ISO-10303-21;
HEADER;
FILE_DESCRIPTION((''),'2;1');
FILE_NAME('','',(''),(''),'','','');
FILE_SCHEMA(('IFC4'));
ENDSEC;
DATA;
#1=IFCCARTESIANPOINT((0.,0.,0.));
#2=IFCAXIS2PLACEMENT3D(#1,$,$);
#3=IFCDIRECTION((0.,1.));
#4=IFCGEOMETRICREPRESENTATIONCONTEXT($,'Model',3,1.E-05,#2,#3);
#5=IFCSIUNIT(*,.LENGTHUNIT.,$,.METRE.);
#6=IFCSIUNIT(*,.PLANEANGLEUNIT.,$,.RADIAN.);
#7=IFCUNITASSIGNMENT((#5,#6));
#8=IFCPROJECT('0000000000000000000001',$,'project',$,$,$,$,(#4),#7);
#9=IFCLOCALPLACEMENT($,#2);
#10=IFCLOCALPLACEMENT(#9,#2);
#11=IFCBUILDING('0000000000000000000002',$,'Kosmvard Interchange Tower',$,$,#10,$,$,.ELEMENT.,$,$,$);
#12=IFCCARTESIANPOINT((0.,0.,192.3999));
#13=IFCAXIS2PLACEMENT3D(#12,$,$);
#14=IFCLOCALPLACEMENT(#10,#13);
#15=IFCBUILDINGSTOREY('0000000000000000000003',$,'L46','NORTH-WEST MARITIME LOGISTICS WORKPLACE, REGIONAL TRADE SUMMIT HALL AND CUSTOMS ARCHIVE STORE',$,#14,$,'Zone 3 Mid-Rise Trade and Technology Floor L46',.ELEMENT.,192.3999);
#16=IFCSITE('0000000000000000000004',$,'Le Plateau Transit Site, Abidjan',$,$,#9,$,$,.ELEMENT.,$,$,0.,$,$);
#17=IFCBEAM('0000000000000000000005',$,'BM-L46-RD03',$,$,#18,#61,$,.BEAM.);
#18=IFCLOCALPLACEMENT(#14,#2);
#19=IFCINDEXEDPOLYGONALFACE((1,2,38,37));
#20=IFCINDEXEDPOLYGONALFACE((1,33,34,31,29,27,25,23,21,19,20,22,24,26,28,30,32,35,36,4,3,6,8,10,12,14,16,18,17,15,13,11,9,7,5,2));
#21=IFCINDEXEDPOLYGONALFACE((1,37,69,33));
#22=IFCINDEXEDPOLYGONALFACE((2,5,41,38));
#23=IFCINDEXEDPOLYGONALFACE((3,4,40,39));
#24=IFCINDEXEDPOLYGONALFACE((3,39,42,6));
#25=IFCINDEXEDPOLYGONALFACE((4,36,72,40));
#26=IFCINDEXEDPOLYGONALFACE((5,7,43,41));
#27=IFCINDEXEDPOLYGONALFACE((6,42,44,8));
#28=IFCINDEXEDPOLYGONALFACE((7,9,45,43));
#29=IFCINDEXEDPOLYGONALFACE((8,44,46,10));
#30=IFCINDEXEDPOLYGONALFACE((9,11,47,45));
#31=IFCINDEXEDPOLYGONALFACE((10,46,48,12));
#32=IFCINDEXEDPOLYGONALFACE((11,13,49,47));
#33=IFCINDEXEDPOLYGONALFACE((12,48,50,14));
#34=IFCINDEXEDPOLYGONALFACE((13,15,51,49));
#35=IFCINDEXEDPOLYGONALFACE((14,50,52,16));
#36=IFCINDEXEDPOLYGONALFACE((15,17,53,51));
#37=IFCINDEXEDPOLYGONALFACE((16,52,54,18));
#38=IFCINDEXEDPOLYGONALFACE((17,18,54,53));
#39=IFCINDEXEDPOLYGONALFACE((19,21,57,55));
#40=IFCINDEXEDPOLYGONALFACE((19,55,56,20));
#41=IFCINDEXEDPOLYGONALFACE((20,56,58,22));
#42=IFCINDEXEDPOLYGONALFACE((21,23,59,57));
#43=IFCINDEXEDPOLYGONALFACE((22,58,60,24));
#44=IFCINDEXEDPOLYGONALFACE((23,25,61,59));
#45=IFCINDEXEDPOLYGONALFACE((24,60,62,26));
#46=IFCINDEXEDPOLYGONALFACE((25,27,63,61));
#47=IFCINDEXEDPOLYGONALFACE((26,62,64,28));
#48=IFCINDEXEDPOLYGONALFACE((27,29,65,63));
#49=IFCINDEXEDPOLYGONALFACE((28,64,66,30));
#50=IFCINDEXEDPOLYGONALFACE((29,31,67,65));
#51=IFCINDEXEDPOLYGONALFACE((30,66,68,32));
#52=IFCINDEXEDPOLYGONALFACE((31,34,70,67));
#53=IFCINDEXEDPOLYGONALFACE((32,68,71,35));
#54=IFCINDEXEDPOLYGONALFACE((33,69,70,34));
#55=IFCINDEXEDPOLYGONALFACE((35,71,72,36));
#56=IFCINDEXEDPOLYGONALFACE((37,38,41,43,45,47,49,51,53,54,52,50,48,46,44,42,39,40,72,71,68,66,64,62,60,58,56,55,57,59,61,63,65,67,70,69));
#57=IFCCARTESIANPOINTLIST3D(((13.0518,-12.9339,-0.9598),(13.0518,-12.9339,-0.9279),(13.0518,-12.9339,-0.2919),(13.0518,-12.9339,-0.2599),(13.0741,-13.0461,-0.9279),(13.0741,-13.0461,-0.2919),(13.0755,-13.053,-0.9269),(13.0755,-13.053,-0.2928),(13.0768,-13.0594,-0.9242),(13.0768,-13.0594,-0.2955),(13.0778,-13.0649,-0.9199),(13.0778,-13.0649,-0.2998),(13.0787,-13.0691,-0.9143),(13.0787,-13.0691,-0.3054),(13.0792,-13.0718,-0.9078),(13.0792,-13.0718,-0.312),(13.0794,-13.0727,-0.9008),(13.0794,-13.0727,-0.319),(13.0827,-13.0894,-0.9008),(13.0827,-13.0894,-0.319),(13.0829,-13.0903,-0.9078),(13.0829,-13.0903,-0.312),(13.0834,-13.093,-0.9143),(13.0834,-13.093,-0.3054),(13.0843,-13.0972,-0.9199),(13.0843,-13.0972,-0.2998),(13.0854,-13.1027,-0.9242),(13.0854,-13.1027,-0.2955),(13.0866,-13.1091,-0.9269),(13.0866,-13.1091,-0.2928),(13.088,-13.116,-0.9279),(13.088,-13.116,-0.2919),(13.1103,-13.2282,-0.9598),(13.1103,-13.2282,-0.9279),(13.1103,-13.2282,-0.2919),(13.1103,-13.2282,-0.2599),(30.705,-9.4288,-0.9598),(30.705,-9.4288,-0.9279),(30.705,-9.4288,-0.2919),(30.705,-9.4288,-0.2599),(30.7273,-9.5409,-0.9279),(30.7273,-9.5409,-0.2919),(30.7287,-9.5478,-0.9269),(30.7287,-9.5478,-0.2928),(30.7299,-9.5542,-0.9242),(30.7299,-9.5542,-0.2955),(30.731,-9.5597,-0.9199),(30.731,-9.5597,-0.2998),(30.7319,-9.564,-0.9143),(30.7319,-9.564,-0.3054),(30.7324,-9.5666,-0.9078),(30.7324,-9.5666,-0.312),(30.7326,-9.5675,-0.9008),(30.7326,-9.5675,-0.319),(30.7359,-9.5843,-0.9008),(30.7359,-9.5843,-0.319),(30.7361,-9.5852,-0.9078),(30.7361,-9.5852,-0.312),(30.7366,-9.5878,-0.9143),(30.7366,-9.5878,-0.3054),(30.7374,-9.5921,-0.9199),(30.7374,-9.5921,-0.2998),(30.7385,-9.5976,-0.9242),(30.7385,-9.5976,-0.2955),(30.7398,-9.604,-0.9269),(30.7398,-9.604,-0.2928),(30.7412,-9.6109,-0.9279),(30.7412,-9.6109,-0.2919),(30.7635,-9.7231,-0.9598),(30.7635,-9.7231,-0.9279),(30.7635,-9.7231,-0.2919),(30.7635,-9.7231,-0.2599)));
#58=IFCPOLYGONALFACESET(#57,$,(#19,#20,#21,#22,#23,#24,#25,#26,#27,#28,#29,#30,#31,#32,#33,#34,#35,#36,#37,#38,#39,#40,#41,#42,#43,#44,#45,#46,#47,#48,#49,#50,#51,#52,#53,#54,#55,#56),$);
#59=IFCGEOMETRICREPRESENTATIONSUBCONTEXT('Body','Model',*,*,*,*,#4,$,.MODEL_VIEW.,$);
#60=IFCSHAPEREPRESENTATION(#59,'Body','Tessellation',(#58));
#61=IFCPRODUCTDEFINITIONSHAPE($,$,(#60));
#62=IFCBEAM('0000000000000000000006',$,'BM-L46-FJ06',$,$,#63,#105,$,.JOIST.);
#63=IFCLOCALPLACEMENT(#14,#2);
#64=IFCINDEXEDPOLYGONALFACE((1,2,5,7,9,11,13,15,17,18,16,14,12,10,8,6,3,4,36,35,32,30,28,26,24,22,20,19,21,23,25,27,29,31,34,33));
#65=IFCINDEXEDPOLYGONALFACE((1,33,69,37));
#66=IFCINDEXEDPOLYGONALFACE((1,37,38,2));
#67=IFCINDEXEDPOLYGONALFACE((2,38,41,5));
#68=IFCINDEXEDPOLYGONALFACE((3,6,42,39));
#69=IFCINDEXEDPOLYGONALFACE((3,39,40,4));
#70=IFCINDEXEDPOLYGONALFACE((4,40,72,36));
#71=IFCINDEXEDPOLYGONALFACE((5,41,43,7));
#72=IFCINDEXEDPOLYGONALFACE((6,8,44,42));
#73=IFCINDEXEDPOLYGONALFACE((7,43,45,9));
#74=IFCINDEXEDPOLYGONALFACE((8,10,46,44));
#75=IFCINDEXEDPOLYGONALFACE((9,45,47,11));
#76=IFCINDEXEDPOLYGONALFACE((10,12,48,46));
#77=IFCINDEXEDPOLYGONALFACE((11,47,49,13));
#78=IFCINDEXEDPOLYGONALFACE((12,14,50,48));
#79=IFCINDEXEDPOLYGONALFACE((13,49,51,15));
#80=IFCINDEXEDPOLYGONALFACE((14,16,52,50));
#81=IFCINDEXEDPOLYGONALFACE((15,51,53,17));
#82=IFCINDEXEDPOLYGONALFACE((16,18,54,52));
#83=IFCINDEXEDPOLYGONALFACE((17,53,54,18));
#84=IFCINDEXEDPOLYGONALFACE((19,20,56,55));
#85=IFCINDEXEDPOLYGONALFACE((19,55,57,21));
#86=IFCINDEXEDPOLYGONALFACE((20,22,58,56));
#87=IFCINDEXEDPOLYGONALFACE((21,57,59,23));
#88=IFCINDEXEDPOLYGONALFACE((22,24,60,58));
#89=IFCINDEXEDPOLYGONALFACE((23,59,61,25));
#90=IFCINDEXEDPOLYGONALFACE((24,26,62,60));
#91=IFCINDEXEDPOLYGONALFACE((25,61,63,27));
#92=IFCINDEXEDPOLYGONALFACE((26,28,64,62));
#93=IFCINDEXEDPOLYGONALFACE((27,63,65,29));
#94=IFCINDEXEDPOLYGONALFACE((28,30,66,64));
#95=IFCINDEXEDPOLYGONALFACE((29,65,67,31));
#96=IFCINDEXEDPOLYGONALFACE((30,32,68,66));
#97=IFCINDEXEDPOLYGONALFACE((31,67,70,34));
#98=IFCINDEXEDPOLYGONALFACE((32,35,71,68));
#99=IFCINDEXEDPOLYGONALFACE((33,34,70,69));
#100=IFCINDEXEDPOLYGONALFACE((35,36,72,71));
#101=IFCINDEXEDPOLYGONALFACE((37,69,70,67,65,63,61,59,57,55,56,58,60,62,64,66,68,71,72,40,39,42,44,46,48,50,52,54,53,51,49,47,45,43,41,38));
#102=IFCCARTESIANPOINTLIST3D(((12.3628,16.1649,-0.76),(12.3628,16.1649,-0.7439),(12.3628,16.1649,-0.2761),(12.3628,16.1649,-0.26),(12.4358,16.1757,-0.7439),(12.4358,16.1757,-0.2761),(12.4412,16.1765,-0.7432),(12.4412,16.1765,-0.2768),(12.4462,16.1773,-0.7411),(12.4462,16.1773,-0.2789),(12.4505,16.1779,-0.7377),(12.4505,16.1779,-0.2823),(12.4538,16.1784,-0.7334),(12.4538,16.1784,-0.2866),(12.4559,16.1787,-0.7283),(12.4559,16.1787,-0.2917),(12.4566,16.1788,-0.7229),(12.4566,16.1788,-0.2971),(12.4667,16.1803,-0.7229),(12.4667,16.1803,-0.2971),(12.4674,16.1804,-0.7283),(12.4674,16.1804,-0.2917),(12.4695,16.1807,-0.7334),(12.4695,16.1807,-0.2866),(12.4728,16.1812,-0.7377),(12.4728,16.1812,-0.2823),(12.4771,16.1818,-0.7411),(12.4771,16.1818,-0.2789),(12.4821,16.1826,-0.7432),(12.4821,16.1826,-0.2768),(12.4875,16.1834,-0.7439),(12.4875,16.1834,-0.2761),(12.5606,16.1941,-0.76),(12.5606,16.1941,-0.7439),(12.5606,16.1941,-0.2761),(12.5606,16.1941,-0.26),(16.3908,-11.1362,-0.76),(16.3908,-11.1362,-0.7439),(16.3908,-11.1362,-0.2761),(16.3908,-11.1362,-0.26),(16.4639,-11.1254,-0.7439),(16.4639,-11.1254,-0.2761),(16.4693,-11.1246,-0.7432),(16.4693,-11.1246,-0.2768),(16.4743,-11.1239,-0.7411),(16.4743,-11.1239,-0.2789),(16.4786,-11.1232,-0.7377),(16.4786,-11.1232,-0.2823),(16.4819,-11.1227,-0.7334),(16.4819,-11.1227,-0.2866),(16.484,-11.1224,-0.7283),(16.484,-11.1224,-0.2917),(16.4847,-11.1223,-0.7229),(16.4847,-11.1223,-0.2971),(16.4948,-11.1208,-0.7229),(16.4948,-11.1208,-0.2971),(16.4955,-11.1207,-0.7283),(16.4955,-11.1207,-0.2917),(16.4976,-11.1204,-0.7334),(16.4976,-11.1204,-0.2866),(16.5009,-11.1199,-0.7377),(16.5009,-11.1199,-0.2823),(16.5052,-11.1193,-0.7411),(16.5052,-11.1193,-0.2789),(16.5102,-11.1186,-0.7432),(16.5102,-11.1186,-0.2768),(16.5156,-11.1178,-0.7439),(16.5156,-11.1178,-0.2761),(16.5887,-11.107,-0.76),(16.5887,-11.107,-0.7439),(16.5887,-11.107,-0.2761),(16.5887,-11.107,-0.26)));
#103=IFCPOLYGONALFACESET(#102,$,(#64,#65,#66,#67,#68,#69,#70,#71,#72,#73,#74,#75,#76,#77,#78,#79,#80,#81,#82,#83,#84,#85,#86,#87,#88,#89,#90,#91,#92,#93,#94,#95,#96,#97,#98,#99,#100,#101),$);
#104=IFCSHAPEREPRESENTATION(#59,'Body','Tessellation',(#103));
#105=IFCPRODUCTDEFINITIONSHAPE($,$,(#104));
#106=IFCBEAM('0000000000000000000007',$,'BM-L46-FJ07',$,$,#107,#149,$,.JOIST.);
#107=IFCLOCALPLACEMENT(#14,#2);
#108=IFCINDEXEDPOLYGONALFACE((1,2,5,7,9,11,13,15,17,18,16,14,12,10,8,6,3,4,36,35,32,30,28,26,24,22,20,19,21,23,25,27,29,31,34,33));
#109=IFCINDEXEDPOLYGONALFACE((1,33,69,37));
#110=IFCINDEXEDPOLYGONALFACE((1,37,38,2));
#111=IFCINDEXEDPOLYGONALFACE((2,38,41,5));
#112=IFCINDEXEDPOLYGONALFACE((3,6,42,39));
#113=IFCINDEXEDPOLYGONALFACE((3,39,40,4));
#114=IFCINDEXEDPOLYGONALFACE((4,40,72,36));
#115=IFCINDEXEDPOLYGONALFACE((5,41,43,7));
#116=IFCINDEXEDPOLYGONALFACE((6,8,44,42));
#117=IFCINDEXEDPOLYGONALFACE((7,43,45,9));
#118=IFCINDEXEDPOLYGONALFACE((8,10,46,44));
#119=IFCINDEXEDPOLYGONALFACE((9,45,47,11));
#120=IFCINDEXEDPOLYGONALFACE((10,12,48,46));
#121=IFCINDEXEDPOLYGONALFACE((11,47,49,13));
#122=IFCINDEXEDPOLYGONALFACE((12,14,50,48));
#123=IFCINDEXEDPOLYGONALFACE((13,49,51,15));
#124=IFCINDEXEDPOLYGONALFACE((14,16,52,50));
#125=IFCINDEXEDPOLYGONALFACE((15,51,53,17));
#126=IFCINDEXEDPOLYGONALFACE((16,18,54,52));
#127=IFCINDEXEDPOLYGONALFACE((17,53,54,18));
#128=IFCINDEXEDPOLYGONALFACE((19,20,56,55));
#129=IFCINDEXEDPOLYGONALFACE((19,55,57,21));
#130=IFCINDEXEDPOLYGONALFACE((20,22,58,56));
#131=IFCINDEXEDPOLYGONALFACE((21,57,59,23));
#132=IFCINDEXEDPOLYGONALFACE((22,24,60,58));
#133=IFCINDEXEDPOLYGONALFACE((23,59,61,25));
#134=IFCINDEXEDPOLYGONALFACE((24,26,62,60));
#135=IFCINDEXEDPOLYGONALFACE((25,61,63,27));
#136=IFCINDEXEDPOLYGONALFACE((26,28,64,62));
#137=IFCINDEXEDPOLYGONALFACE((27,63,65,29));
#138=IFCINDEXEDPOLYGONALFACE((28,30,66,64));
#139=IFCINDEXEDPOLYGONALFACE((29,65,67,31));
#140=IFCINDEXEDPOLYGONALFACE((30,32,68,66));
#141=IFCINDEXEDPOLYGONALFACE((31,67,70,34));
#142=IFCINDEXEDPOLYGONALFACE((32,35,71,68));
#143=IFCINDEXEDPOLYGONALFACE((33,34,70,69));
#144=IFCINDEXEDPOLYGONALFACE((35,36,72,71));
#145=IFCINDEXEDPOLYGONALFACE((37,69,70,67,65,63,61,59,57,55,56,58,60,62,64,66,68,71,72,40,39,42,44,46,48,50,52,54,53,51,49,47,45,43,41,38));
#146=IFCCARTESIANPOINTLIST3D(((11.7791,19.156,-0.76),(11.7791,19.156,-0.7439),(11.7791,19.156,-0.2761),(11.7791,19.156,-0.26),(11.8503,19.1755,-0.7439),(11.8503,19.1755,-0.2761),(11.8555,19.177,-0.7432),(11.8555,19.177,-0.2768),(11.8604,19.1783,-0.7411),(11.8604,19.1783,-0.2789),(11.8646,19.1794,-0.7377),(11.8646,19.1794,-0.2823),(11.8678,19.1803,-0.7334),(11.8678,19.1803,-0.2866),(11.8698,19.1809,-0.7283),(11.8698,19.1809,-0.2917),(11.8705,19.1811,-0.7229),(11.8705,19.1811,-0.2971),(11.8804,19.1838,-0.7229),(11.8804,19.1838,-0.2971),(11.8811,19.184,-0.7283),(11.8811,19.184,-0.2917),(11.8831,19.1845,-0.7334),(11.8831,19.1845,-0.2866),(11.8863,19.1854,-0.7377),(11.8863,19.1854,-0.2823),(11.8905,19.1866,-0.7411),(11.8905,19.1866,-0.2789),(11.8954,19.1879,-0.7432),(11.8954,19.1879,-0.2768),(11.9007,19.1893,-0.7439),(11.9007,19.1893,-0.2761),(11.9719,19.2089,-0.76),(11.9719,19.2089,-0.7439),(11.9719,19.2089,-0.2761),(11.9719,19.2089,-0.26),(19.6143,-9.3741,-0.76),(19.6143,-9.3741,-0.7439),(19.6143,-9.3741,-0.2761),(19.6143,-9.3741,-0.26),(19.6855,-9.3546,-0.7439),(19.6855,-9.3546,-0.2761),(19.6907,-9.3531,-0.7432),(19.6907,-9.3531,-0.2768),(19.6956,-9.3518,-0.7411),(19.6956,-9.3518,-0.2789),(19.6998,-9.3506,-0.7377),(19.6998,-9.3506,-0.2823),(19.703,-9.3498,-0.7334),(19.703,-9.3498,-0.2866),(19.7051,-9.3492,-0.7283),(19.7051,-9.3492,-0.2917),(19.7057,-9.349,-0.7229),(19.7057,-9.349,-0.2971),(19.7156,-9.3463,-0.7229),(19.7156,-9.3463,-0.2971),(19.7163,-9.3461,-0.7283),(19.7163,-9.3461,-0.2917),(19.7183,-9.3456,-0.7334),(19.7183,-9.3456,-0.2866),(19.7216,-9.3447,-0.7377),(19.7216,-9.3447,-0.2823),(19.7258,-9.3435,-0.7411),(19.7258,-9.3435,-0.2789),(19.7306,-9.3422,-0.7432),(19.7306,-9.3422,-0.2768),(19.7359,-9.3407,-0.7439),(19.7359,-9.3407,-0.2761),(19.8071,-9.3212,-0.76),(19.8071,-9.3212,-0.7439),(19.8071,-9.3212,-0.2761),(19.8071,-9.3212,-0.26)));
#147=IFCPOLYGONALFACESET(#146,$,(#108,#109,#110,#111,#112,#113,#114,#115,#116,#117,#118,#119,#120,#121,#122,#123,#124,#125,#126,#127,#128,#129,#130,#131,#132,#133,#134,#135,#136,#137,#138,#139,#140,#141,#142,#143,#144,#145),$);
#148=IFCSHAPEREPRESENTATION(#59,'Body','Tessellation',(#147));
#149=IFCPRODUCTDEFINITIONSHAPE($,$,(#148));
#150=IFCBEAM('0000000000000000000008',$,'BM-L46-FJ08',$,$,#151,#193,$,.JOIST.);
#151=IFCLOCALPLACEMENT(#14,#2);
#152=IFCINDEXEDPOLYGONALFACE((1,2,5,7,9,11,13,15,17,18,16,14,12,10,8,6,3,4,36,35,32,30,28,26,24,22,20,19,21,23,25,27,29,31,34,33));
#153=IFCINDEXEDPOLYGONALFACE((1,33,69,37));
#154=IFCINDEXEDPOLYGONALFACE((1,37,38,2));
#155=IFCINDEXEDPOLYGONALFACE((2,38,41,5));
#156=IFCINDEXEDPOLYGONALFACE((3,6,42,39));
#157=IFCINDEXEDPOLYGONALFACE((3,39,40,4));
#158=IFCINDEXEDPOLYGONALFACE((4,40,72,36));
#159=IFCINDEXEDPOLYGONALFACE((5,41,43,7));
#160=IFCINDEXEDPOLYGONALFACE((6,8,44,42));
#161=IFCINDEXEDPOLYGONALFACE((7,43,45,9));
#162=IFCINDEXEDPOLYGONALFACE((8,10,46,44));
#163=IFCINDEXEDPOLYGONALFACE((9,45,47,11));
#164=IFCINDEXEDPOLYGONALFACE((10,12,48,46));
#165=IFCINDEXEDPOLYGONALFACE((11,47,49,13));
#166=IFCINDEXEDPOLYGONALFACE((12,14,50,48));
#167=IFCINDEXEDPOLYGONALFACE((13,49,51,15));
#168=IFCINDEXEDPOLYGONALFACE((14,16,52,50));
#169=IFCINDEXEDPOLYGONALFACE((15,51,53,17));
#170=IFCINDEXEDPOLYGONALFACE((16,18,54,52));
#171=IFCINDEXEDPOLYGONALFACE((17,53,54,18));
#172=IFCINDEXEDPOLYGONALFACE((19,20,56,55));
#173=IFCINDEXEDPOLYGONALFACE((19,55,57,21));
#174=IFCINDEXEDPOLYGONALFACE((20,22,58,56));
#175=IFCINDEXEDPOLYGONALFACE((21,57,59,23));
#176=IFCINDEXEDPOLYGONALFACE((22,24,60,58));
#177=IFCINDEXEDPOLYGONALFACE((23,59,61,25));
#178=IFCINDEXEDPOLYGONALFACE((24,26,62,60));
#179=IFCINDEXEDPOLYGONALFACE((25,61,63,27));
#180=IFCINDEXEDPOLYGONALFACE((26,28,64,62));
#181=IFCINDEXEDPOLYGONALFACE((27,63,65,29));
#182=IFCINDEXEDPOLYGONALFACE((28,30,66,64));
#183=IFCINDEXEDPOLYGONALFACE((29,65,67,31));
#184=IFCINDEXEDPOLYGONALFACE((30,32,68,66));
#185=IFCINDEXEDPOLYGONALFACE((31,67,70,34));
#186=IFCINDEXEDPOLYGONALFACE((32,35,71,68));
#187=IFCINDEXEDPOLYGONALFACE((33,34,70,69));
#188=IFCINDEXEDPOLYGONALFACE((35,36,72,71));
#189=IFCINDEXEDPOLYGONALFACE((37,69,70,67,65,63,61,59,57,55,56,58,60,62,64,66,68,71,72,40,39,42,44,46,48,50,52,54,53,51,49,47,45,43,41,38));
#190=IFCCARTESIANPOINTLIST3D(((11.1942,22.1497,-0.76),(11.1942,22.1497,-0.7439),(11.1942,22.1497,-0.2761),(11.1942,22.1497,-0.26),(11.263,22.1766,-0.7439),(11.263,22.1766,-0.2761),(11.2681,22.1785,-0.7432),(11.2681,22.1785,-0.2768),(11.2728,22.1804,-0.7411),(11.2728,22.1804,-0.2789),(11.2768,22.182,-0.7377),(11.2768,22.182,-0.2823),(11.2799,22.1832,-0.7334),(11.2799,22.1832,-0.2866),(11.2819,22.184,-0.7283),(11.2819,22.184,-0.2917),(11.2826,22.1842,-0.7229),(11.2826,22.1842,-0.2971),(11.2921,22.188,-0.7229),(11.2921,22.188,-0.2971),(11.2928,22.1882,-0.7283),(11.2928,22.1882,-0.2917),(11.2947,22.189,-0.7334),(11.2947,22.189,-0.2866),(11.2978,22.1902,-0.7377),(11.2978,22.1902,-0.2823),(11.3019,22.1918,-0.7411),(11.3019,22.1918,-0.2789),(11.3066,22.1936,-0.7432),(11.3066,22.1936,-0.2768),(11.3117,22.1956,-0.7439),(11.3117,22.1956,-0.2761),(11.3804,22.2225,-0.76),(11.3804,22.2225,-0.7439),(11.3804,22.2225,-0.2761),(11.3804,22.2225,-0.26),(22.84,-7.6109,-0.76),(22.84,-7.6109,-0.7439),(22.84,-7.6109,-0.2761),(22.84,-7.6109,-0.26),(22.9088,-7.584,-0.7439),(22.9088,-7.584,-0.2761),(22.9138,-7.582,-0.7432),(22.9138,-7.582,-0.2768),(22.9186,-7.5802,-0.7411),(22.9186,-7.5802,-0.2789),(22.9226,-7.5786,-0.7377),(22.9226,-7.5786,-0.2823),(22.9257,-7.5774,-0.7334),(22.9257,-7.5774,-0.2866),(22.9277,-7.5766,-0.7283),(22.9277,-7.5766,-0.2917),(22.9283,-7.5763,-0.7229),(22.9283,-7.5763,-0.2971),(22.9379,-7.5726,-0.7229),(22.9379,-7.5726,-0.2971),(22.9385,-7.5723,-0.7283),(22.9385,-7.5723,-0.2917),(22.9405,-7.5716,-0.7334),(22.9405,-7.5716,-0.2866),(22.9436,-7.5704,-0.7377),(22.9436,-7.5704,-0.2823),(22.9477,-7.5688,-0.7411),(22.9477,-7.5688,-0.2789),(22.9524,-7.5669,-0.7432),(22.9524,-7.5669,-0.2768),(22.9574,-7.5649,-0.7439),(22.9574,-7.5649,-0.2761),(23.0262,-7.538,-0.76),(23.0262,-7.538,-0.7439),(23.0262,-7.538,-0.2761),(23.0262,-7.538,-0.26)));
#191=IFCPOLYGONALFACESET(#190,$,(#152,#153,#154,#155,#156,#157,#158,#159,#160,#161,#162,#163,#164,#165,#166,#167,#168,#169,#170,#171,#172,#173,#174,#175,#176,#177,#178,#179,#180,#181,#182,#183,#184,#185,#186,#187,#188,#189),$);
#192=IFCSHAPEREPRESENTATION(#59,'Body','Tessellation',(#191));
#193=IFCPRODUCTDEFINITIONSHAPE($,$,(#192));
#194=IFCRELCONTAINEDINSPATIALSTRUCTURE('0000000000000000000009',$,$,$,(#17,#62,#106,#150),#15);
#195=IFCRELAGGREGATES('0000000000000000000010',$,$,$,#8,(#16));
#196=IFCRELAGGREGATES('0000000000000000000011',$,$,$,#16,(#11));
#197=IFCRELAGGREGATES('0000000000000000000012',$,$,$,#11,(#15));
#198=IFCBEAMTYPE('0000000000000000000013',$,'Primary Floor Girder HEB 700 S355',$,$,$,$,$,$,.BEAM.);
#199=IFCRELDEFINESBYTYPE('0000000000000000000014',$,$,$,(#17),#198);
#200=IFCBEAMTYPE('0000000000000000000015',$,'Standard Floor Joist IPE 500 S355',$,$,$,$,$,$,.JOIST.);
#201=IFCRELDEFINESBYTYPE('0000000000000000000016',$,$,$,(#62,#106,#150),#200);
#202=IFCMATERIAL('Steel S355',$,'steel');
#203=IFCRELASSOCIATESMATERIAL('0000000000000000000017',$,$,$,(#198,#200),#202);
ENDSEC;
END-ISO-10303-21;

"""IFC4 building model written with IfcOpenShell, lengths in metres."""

from ifc_helpers import new_model, si_unit, direction, frame, origin, origin_2d, place, context, subcontext, project, spatial, i_section, extrude, source, transform, mapped, material, material_profile, profile_set, type_object, element, save


model = new_model("IFC4")

# Units and contexts
model_context = context("Model", 3, precision=1e-05, world=origin(), true_north=direction((0.0, 1.0)))
body_context = subcontext(model_context, "Body", "Model", "MODEL_VIEW")
ifc_project = project(units=[si_unit("LENGTHUNIT", "METRE"), si_unit("PLANEANGLEUNIT", "RADIAN")], contexts=[model_context])

# Site, building, storey
site_placement = place(None, origin())
site = spatial("IfcSite", under=ifc_project, at=site_placement, Name="Le Plateau Transit Site, Abidjan", CompositionType="ELEMENT", RefElevation=0.0)
building_placement = place(site_placement, origin())
building = spatial("IfcBuilding", under=site, at=building_placement, Name="Kosmvard Interchange Tower", CompositionType="ELEMENT")
storey_placement = place(building_placement, frame((0.0, 0.0, 192.3999)))
storey = spatial("IfcBuildingStorey", under=building, at=storey_placement, Name="L46", Description="NORTH-WEST MARITIME LOGISTICS WORKPLACE, REGIONAL TRADE SUMMIT HALL AND CUSTOMS ARCHIVE STORE", LongName="Zone 3 Mid-Rise Trade and Technology Floor L46", CompositionType="ELEMENT", Elevation=192.3999)

# Beams
ifc_material_1 = material(Name="Steel S355", Category="steel")
ifc_material_profile_1 = material_profile(ifc_material_1, i_section(OverallWidth=0.3, OverallDepth=0.7, WebThickness=0.0171, FlangeThickness=0.032, FilletRadius=0.0271, at=origin_2d()), Name="HEB 700")
ifc_profile_set_1 = profile_set([ifc_material_profile_1], Name="Steel S355")
beam_type_1 = type_object("IfcBeamType", Name="Primary Floor Girder HEB 700 S355", PredefinedType="BEAM", material=ifc_profile_set_1)
shared_shape_1 = source(origin(), body_context, "Body", "SweptSolid", [
    extrude(i_section(OverallWidth=0.3, OverallDepth=0.7, WebThickness=0.0171, FlangeThickness=0.032, FilletRadius=0.0271, at=origin_2d()), origin(), (0.0, 0.0, 1.0), 17.9978),
])
beam_1_placement = place(storey_placement, frame((13.0811, -13.0811, -0.6099), z_axis=(0.980852, 0.194754, 0.0), x_axis=(-0.194754, 0.980852, 0.0)))
element("IfcBeam", 1, at=beam_1_placement, inside=storey, type_object=beam_type_1, Name="BM-L46-RD03", PredefinedType="BEAM", context=body_context, shape_type="MappedRepresentation", body=[
    mapped(shared_shape_1, transform((0.0, 0.0, 0.0), scale=1.0)),
])
ifc_material_profile_2 = material_profile(ifc_material_1, i_section(OverallWidth=0.2, OverallDepth=0.5, WebThickness=0.0103, FlangeThickness=0.0161, FilletRadius=0.021, at=origin_2d()), Name="IPE 500")
ifc_profile_set_2 = profile_set([ifc_material_profile_2], Name="Steel S355")
beam_type_2 = type_object("IfcBeamType", Name="Standard Floor Joist IPE 500 S355", PredefinedType="JOIST", material=ifc_profile_set_2)
shared_shape_2 = source(origin(), body_context, "Body", "SweptSolid", [
    extrude(i_section(OverallWidth=0.2, OverallDepth=0.5, WebThickness=0.0103, FlangeThickness=0.0161, FilletRadius=0.021, at=origin_2d()), origin(), (0.0, 0.0, 1.0), 27.5967),
])
beam_2_placement = place(storey_placement, frame((16.4897, -11.1216, -0.51), z_axis=(-0.145963, 0.98929, 0.0), x_axis=(-0.98929, -0.145963, 0.0)))
element("IfcBeam", 2, at=beam_2_placement, inside=storey, type_object=beam_type_2, Name="BM-L46-FJ06", PredefinedType="JOIST", context=body_context, shape_type="MappedRepresentation", body=[
    mapped(shared_shape_2, transform((0.0, 0.0, 0.0), scale=1.0)),
])
shared_shape_3 = source(origin(), body_context, "Body", "SweptSolid", [
    extrude(i_section(OverallWidth=0.2, OverallDepth=0.5, WebThickness=0.0103, FlangeThickness=0.0161, FilletRadius=0.021, at=origin_2d()), origin(), (0.0, 0.0, 1.0), 29.5864),
])
beam_3_placement = place(storey_placement, frame((19.7107, -9.3477, -0.51), z_axis=(-0.264825, 0.964297, 0.0), x_axis=(-0.964297, -0.264825, 0.0)))
element("IfcBeam", 3, at=beam_3_placement, inside=storey, type_object=beam_type_2, Name="BM-L46-FJ07", PredefinedType="JOIST", context=body_context, shape_type="MappedRepresentation", body=[
    mapped(shared_shape_3, transform((0.0, 0.0, 0.0), scale=1.0)),
])
shared_shape_4 = source(origin(), body_context, "Body", "SweptSolid", [
    extrude(i_section(OverallWidth=0.2, OverallDepth=0.5, WebThickness=0.0103, FlangeThickness=0.0161, FilletRadius=0.021, at=origin_2d()), origin(), (0.0, 0.0, 1.0), 31.958),
])
beam_4_placement = place(storey_placement, frame((22.9331, -7.5745, -0.51), z_axis=(-0.364409, 0.931239, 0.0), x_axis=(-0.931239, -0.364409, 0.0)))
element("IfcBeam", 4, at=beam_4_placement, inside=storey, type_object=beam_type_2, Name="BM-L46-FJ08", PredefinedType="JOIST", context=body_context, shape_type="MappedRepresentation", body=[
    mapped(shared_shape_4, transform((0.0, 0.0, 0.0), scale=1.0)),
])

save(model, "model.ifc")
